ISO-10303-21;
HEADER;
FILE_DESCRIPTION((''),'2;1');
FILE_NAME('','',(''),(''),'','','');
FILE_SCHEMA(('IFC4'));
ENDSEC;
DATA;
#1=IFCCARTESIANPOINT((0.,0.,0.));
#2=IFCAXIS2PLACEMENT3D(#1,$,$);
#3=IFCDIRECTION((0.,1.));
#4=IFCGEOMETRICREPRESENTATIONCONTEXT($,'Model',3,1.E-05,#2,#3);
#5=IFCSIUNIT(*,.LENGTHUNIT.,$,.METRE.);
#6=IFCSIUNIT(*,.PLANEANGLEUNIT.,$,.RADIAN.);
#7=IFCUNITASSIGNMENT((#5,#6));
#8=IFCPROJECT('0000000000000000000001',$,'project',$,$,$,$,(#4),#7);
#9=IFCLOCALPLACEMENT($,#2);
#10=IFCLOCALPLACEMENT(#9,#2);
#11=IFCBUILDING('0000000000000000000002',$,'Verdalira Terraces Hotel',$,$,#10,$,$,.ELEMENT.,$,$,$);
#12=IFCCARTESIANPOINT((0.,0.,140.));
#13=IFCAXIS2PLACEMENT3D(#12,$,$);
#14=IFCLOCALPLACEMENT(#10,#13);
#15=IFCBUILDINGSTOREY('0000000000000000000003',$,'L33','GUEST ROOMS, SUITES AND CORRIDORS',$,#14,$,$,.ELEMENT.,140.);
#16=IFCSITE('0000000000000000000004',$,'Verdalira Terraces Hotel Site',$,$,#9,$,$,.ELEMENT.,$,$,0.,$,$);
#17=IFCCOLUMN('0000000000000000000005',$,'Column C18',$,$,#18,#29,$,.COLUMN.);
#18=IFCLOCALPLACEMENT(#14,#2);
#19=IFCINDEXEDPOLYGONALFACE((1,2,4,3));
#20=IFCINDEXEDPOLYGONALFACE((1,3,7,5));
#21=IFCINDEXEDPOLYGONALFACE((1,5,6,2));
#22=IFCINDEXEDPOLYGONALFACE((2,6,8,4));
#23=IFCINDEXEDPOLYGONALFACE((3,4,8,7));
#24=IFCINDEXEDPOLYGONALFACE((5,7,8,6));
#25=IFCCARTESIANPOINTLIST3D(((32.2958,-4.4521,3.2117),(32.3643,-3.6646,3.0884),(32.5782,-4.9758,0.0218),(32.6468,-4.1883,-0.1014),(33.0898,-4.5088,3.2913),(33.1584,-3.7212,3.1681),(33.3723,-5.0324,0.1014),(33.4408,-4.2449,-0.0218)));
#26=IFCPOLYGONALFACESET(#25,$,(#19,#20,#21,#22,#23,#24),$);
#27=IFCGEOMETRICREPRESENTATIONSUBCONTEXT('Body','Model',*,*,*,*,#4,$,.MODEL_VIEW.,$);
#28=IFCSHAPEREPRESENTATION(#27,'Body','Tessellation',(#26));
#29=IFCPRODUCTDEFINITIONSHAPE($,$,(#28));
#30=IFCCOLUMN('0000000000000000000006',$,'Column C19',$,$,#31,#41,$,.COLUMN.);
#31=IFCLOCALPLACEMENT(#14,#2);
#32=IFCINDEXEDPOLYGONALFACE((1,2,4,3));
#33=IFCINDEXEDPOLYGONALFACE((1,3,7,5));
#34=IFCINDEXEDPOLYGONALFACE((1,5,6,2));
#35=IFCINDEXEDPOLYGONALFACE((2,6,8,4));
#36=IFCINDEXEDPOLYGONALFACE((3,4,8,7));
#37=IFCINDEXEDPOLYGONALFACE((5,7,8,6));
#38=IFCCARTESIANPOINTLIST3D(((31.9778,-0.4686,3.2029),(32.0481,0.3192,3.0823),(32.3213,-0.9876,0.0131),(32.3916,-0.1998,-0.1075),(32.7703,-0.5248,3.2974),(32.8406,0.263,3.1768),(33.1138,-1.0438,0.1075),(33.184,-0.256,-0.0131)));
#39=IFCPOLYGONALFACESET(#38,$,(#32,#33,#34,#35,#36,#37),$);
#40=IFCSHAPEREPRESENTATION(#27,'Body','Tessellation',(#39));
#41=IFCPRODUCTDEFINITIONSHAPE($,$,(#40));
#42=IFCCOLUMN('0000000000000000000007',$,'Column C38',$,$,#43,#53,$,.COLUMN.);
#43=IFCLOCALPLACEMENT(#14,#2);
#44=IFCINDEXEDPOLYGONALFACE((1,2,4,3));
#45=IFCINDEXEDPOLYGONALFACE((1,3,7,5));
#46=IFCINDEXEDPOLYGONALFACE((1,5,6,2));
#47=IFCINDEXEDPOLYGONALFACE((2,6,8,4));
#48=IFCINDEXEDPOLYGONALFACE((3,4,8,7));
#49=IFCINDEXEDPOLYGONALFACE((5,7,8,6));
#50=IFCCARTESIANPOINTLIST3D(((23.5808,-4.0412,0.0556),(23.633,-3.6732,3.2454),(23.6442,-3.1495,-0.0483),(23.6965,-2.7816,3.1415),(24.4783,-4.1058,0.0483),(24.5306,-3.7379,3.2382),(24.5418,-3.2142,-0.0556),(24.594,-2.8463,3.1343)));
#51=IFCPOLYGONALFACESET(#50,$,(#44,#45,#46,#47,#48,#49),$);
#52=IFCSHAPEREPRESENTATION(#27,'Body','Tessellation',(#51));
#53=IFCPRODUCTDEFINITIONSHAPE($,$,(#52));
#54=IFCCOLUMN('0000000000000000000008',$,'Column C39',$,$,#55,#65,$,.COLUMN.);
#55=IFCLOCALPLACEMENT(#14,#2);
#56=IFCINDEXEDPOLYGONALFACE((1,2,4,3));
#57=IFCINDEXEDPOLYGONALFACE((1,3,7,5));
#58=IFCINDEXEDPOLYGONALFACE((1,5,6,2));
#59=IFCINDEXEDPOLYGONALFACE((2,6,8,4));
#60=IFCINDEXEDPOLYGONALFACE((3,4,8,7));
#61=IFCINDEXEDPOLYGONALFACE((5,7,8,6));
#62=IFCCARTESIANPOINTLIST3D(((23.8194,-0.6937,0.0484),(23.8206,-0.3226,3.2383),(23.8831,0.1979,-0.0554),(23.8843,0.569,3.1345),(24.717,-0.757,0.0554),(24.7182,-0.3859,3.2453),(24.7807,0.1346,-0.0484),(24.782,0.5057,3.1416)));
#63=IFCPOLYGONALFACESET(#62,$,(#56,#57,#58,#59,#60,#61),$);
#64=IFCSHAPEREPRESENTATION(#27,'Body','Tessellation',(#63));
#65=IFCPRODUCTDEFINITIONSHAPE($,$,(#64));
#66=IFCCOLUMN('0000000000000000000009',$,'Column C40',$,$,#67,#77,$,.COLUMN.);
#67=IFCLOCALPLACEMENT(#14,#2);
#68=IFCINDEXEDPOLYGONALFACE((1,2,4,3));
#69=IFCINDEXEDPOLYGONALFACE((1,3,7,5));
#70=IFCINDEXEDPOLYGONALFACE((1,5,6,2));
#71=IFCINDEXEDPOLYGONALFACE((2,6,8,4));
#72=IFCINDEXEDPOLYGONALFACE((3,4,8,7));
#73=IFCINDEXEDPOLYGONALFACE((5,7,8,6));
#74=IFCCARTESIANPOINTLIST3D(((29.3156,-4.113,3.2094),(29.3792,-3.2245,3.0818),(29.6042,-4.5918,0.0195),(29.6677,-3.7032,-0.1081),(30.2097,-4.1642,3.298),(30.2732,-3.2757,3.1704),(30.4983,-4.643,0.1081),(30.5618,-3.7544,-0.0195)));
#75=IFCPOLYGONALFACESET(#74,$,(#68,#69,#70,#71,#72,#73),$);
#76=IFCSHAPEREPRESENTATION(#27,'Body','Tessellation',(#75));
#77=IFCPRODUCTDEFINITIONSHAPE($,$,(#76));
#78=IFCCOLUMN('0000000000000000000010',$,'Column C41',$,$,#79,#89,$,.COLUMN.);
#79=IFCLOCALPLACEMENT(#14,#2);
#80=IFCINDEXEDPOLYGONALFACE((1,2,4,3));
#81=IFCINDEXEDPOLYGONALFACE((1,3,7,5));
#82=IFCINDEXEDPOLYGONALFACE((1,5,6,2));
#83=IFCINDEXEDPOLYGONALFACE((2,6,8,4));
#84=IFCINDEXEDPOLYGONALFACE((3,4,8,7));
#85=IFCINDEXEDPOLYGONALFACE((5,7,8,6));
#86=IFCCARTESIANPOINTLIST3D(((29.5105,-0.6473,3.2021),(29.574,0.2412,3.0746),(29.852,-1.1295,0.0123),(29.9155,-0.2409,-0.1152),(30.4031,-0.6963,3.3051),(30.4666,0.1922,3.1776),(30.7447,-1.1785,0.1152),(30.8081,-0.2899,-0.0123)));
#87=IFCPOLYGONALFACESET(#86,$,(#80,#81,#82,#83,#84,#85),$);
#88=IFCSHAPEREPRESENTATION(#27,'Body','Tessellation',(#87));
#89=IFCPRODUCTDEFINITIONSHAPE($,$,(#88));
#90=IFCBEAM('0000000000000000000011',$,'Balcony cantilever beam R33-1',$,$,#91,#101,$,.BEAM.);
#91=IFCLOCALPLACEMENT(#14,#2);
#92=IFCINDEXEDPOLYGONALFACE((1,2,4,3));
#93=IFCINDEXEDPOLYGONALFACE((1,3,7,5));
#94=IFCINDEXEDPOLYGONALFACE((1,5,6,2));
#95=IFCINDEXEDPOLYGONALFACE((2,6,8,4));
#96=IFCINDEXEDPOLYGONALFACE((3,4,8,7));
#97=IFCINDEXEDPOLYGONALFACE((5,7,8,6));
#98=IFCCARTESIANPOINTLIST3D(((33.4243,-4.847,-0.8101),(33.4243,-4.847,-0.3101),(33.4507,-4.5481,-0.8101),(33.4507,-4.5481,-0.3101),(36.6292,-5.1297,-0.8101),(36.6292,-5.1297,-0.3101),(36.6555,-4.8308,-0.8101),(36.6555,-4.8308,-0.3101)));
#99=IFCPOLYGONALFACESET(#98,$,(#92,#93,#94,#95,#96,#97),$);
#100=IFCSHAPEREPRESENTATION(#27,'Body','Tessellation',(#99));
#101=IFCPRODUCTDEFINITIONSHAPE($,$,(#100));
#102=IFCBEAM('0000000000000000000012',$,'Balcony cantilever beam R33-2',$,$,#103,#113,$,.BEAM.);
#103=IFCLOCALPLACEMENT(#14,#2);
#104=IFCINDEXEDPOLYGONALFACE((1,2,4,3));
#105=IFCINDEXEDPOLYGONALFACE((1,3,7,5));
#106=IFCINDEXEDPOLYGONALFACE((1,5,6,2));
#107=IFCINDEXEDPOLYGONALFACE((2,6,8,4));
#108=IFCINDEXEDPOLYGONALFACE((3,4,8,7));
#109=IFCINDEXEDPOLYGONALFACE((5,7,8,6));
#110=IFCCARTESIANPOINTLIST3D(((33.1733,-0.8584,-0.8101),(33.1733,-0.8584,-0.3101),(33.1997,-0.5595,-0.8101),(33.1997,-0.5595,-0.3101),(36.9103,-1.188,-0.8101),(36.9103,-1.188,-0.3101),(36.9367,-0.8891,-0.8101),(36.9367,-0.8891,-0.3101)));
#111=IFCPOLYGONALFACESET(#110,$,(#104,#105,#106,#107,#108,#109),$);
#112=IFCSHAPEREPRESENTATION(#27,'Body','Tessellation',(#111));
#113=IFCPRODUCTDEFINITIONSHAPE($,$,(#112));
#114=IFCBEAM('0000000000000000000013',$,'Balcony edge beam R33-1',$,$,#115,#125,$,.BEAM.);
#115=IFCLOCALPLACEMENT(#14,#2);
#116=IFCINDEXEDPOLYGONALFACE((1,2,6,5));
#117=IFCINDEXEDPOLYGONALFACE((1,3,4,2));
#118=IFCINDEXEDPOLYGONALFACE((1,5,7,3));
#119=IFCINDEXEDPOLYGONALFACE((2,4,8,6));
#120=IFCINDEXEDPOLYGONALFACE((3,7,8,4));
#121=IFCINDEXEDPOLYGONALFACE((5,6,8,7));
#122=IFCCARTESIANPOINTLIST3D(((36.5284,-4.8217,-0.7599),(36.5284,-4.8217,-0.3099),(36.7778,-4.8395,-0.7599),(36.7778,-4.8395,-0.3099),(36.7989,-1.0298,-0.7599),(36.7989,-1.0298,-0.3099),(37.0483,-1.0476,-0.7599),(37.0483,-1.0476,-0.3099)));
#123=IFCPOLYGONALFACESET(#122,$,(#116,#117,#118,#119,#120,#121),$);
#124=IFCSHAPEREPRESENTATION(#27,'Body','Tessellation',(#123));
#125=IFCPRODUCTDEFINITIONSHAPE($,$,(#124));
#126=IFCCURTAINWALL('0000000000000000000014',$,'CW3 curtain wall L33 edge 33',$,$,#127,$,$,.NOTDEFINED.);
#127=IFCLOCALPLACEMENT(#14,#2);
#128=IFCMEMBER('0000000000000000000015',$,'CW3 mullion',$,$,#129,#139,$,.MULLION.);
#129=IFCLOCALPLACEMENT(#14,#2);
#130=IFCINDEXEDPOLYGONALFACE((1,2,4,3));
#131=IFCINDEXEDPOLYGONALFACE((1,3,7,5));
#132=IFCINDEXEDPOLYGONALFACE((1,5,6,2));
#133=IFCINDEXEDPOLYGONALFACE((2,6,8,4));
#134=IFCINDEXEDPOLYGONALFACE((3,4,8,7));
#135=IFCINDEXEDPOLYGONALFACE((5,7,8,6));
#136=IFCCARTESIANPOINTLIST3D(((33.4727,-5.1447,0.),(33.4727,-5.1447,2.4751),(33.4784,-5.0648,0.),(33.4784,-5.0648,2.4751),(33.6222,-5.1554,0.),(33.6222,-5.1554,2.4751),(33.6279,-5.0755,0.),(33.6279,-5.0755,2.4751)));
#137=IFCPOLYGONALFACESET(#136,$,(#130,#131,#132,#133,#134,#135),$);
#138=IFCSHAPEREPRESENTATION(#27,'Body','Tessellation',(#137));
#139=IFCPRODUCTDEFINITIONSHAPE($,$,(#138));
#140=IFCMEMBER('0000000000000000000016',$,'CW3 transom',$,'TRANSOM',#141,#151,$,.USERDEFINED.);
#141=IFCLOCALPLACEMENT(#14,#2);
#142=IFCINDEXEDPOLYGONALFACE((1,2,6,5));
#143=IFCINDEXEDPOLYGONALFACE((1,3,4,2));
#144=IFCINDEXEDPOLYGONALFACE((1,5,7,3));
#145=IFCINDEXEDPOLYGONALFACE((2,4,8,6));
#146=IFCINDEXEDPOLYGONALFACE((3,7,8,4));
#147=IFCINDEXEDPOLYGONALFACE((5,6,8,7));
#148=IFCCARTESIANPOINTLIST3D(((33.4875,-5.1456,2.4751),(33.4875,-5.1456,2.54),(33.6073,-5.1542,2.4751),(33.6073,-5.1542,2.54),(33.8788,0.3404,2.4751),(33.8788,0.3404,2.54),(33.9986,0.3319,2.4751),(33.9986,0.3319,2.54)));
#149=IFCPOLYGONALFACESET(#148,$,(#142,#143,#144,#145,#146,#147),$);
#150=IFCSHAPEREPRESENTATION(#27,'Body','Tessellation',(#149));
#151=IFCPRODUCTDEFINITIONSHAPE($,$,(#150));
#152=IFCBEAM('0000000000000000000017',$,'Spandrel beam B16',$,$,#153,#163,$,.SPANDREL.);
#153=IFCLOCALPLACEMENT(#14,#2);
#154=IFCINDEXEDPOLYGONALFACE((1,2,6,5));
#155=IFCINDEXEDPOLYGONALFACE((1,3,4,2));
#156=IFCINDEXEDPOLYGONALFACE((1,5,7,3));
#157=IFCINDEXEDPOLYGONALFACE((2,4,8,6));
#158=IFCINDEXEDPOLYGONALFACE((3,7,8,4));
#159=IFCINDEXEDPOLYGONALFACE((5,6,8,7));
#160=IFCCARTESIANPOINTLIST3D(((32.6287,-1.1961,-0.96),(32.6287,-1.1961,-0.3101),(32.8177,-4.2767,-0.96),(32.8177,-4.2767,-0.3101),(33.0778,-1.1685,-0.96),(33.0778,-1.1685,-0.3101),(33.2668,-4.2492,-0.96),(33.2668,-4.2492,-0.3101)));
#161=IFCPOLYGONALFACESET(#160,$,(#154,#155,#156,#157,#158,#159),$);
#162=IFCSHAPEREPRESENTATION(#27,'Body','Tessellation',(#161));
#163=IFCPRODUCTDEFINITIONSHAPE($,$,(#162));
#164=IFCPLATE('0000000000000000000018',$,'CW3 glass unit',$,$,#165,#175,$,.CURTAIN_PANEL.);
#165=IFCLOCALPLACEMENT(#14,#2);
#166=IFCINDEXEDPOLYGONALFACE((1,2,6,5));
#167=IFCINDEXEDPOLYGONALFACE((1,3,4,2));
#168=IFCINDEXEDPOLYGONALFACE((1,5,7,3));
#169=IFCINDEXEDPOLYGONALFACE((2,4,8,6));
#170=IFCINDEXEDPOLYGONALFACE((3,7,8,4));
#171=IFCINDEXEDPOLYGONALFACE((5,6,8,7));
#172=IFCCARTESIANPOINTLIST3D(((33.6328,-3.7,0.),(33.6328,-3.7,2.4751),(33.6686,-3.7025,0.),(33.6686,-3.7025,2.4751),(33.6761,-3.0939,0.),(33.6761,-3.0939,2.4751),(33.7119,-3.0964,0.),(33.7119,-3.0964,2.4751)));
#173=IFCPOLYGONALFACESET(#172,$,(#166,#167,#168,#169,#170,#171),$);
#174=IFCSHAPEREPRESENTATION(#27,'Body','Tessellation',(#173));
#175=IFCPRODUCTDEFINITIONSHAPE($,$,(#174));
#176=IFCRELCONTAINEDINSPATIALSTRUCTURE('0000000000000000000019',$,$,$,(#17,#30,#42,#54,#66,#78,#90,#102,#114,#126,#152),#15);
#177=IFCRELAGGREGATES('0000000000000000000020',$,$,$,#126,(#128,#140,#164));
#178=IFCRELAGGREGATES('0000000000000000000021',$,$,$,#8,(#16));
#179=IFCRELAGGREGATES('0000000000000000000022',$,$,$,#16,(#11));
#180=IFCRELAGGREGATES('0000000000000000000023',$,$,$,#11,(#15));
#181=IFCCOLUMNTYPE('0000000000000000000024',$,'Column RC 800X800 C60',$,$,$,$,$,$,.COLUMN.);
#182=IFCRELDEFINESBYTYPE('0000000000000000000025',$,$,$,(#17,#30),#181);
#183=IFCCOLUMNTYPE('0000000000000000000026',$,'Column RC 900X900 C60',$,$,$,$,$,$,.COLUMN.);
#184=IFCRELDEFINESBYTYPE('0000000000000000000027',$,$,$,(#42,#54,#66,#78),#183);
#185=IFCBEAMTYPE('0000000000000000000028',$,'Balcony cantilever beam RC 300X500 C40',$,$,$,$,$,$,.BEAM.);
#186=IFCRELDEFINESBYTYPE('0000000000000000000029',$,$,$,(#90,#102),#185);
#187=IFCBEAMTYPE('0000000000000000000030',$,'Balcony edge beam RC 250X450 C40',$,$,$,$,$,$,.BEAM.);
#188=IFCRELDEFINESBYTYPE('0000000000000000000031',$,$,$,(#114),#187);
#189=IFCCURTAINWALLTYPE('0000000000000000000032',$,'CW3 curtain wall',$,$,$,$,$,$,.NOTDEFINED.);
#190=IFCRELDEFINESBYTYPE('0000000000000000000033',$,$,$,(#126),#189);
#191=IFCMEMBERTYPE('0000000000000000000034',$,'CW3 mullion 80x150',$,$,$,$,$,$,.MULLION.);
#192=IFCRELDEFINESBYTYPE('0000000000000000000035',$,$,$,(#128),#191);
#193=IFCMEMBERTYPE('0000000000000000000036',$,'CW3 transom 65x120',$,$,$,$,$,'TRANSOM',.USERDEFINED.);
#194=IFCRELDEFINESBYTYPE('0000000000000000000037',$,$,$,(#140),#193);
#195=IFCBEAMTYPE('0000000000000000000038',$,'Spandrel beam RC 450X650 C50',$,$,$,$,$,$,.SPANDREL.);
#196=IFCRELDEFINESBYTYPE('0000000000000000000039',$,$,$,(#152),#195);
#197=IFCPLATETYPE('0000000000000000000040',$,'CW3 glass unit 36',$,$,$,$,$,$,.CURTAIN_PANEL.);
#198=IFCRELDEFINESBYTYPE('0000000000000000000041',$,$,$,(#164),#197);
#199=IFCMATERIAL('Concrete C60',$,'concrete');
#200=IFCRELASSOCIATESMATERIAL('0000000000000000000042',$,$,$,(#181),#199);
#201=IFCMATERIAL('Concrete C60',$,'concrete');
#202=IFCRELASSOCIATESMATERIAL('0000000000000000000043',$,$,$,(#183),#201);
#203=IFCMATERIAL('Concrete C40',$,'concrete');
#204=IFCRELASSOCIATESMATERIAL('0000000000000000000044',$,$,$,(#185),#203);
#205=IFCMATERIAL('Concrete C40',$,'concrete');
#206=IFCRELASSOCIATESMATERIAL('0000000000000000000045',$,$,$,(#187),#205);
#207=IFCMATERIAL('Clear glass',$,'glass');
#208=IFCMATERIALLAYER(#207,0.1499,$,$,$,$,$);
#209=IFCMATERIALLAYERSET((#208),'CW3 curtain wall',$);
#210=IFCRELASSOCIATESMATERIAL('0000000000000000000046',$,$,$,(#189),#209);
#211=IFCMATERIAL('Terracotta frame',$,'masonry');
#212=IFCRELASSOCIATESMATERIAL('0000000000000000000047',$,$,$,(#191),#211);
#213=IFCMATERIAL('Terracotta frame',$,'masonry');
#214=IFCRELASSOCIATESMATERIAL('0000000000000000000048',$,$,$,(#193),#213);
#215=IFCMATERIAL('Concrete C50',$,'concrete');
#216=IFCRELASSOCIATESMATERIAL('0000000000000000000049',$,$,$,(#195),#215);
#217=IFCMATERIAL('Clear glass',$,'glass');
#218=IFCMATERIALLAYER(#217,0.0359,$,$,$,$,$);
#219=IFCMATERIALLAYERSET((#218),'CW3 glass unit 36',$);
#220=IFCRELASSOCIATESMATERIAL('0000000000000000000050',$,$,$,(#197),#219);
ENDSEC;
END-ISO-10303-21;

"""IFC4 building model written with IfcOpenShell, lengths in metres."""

from ifc_helpers import new_model, si_unit, direction, frame, origin, origin_2d, place, context, subcontext, project, spatial, rectangle, extrude, material, layer, layer_set, material_profile, profile_set, type_object, element, aggregate, save


model = new_model("IFC4")

# Units and contexts
model_context = context("Model", 3, precision=1e-05, world=origin(), true_north=direction((0.0, 1.0)))
body_context = subcontext(model_context, "Body", "Model", "MODEL_VIEW")
ifc_project = project(units=[si_unit("LENGTHUNIT", "METRE"), si_unit("PLANEANGLEUNIT", "RADIAN")], contexts=[model_context])

# Site, building, storey
site_placement = place(None, origin())
site = spatial("IfcSite", under=ifc_project, at=site_placement, Name="Verdalira Terraces Hotel Site", CompositionType="ELEMENT", RefElevation=0.0)
building_placement = place(site_placement, origin())
building = spatial("IfcBuilding", under=site, at=building_placement, Name="Verdalira Terraces Hotel", CompositionType="ELEMENT")
storey_placement = place(building_placement, frame((0.0, 0.0, 140.0)))
storey = spatial("IfcBuildingStorey", under=building, at=storey_placement, Name="L33", Description="GUEST ROOMS, SUITES AND CORRIDORS", CompositionType="ELEMENT", Elevation=140.0)

# Columns
ifc_material_1 = material(Name="Concrete C60", Category="concrete")
ifc_material_profile_1 = material_profile(ifc_material_1, rectangle(XDim=0.8, YDim=0.8, at=origin_2d()), Name="RC 800X800")
ifc_profile_set_1 = profile_set([ifc_material_profile_1], Name="Concrete C60")
column_type_1 = type_object("IfcColumnType", Name="Column RC 800X800 C60", PredefinedType="COLUMN", material=ifc_profile_set_1)
column_1_placement = place(storey_placement, frame((33.0095, -4.6104, 0.0), z_axis=(-0.087049, 0.161383, 0.983045), x_axis=(0.085666, 0.984348, -0.154011)))
element("IfcColumn", 1, at=column_1_placement, inside=storey, type_object=column_type_1, Name="Column C18", PredefinedType="COLUMN", context=body_context, shape_type="SweptSolid", body=[
    extrude(rectangle(XDim=0.8, YDim=0.8, at=origin_2d()), origin(), (0.0, 0.0, 1.0), 3.2449),
])
column_2_placement = place(storey_placement, frame((32.7527, -0.6218, 0.0), z_axis=(-0.105691, 0.159701, 0.981491), x_axis=(0.087829, 0.984661, -0.150759)))
element("IfcColumn", 2, at=column_2_placement, inside=storey, type_object=column_type_1, Name="Column C19", PredefinedType="COLUMN", context=body_context, shape_type="SweptSolid", body=[
    extrude(rectangle(XDim=0.8, YDim=0.8, at=origin_2d()), origin(), (0.0, 0.0, 1.0), 3.25),
])
ifc_material_2 = material(Name="Concrete C60", Category="concrete")
ifc_material_profile_2 = material_profile(ifc_material_2, rectangle(XDim=0.8999, YDim=0.8999, at=origin_2d()), Name="RC 900X900")
ifc_profile_set_2 = profile_set([ifc_material_profile_2], Name="Concrete C60")
column_type_2 = type_object("IfcColumnType", Name="Column RC 900X900 C60", PredefinedType="COLUMN", material=ifc_profile_set_2)
for number, where, z_axis, x_axis, name in (
    (3, (24.0613, -3.6277, 0.0), (0.016268, 0.114563, 0.993283), (0.997381, -0.071881, -0.008045), "Column C38"),
    (4, (24.3, -0.2795, 0.0), (0.00038, 0.115553, 0.993301), (0.997488, -0.070402, 0.007808), "Column C39"),
):
    element("IfcColumn", number, at=place(storey_placement, frame(where, z_axis=z_axis, x_axis=x_axis)), inside=storey, type_object=column_type_2, Name=name, PredefinedType="COLUMN", context=body_context, shape_type="SweptSolid", body=[
        extrude(rectangle(XDim=0.8999, YDim=0.8999, at=origin_2d()), origin(), (0.0, 0.0, 1.0), 3.2114),
    ])
column_3_placement = place(storey_placement, frame((30.083, -4.1731, 0.0), z_axis=(-0.089106, 0.147831, 0.98499), x_axis=(0.993519, -0.056877, 0.098414)))
element("IfcColumn", 5, at=column_3_placement, inside=storey, type_object=column_type_2, Name="Column C40", PredefinedType="COLUMN", context=body_context, shape_type="SweptSolid", body=[
    extrude(rectangle(XDim=0.8999, YDim=0.8999, at=origin_2d()), origin(), (0.0, 0.0, 1.0), 3.2385),
])
column_4_placement = place(storey_placement, frame((30.3301, -0.7097, 0.0), z_axis=(-0.105281, 0.148627, 0.983273), x_axis=(0.991937, -0.054446, 0.114438)))
element("IfcColumn", 6, at=column_4_placement, inside=storey, type_object=column_type_2, Name="Column C41", PredefinedType="COLUMN", context=body_context, shape_type="SweptSolid", body=[
    extrude(rectangle(XDim=0.8999, YDim=0.8999, at=origin_2d()), origin(), (0.0, 0.0, 1.0), 3.2441),
])

# Beams
ifc_material_3 = material(Name="Concrete C40", Category="concrete")
ifc_material_profile_3 = material_profile(ifc_material_3, rectangle(XDim=0.3, YDim=0.5, at=origin_2d()), Name="RC 300X500")
ifc_profile_set_3 = profile_set([ifc_material_profile_3], Name="Concrete C40")
beam_type_1 = type_object("IfcBeamType", Name="Balcony cantilever beam RC 300X500 C40", PredefinedType="BEAM", material=ifc_profile_set_3)
beam_1_placement = place(storey_placement, frame((33.4375, -4.6975, -0.5601), z_axis=(0.996132, -0.087874, 0.0), x_axis=(0.087874, 0.996132, 0.0)))
element("IfcBeam", 7, at=beam_1_placement, inside=storey, type_object=beam_type_1, Name="Balcony cantilever beam R33-1", PredefinedType="BEAM", context=body_context, shape_type="SweptSolid", body=[
    extrude(rectangle(XDim=0.3, YDim=0.5, at=origin_2d()), origin(), (0.0, 0.0, 1.0), 3.2173),
])
beam_2_placement = place(storey_placement, frame((33.1865, -0.709, -0.5601), z_axis=(0.996133, -0.087854, 0.0), x_axis=(0.087854, 0.996133, 0.0)))
element("IfcBeam", 8, at=beam_2_placement, inside=storey, type_object=beam_type_1, Name="Balcony cantilever beam R33-2", PredefinedType="BEAM", context=body_context, shape_type="SweptSolid", body=[
    extrude(rectangle(XDim=0.3, YDim=0.5, at=origin_2d()), origin(), (0.0, 0.0, 1.0), 3.7515),
])
ifc_material_4 = material(Name="Concrete C40", Category="concrete")
ifc_material_profile_4 = material_profile(ifc_material_4, rectangle(XDim=0.25, YDim=0.45, at=origin_2d()), Name="RC 250X450")
ifc_profile_set_4 = profile_set([ifc_material_profile_4], Name="Concrete C40")
beam_type_2 = type_object("IfcBeamType", Name="Balcony edge beam RC 250X450 C40", PredefinedType="BEAM", material=ifc_profile_set_4)
beam_3_placement = place(storey_placement, frame((36.6531, -4.8306, -0.5349), z_axis=(0.071156, 0.997465, 0.0), x_axis=(-0.997465, 0.071156, 0.0)))
element("IfcBeam", 9, at=beam_3_placement, inside=storey, type_object=beam_type_2, Name="Balcony edge beam R33-1", PredefinedType="BEAM", context=body_context, shape_type="SweptSolid", body=[
    extrude(rectangle(XDim=0.25, YDim=0.45, at=origin_2d()), origin(), (0.0, 0.0, 1.0), 3.8015),
])

# Curtain wall, members
ifc_material_5 = material(Name="Clear glass", Category="glass")
ifc_layer_1 = layer(ifc_material_5, 0.1499)
ifc_layer_set_1 = layer_set([ifc_layer_1], Name="CW3 curtain wall")
curtain_wall_type = type_object("IfcCurtainWallType", Name="CW3 curtain wall", PredefinedType="NOTDEFINED", material=ifc_layer_set_1)
curtain_wall_placement = place(storey_placement, origin())
curtain_wall = element("IfcCurtainWall", 10, at=curtain_wall_placement, inside=storey, type_object=curtain_wall_type, Name="CW3 curtain wall L33 edge 33", PredefinedType="NOTDEFINED")
ifc_material_6 = material(Name="Terracotta frame", Category="masonry")
ifc_material_profile_5 = material_profile(ifc_material_6, rectangle(XDim=0.0801, YDim=0.1499, at=origin_2d()), Name="MU 80x150")
ifc_profile_set_5 = profile_set([ifc_material_profile_5], Name="Terracotta frame")
member_type_1 = type_object("IfcMemberType", Name="CW3 mullion 80x150", PredefinedType="MULLION", material=ifc_profile_set_5)
member_1_placement = place(storey_placement, frame((33.5503, -5.1101, 0.0), z_axis=(0.0, 0.0, 1.0), x_axis=(0.071149, 0.997466, 0.0)))
member_1 = element("IfcMember", 11, at=member_1_placement, type_object=member_type_1, Name="CW3 mullion", PredefinedType="MULLION", context=body_context, shape_type="SweptSolid", body=[
    extrude(rectangle(XDim=0.0801, YDim=0.1499, at=origin_2d()), origin(), (0.0, 0.0, 1.0), 2.4751),
])
ifc_material_7 = material(Name="Terracotta frame", Category="masonry")
ifc_material_profile_6 = material_profile(ifc_material_7, rectangle(XDim=0.1201, YDim=0.0649, at=origin_2d()), Name="TR 65x120")
ifc_profile_set_6 = profile_set([ifc_material_profile_6], Name="Terracotta frame")
member_type_2 = type_object("IfcMemberType", Name="CW3 transom 65x120", ElementType="TRANSOM", PredefinedType="USERDEFINED", material=ifc_profile_set_6)
member_2_placement = place(storey_placement, frame((33.5474, -5.1499, 2.5076), z_axis=(0.071156, 0.997465, 0.0), x_axis=(-0.997465, 0.071156, 0.0)))
member_2 = element("IfcMember", 12, at=member_2_placement, type_object=member_type_2, Name="CW3 transom", ObjectType="TRANSOM", PredefinedType="USERDEFINED", context=body_context, shape_type="SweptSolid", body=[
    extrude(rectangle(XDim=0.1201, YDim=0.0649, at=origin_2d()), origin(), (0.0, 0.0, 1.0), 5.5),
])

# Beam
ifc_material_8 = material(Name="Concrete C50", Category="concrete")
ifc_material_profile_7 = material_profile(ifc_material_8, rectangle(XDim=0.45, YDim=0.6499, at=origin_2d()), Name="RC 450X650")
ifc_profile_set_7 = profile_set([ifc_material_profile_7], Name="Concrete C50")
beam_type_3 = type_object("IfcBeamType", Name="Spandrel beam RC 450X650 C50", PredefinedType="SPANDREL", material=ifc_profile_set_7)
beam_4_placement = place(storey_placement, frame((33.0422, -4.2629, -0.635), z_axis=(-0.061226, 0.998124, 0.0), x_axis=(-0.998124, -0.061226, 0.0)))
element("IfcBeam", 13, at=beam_4_placement, inside=storey, type_object=beam_type_3, Name="Spandrel beam B16", PredefinedType="SPANDREL", context=body_context, shape_type="SweptSolid", body=[
    extrude(rectangle(XDim=0.45, YDim=0.6499, at=origin_2d()), origin(), (0.0, 0.0, 1.0), 3.0864),
])

# Plate
ifc_material_9 = material(Name="Clear glass", Category="glass")
ifc_layer_2 = layer(ifc_material_9, 0.0359)
ifc_layer_set_2 = layer_set([ifc_layer_2], Name="CW3 glass unit 36")
plate_type = type_object("IfcPlateType", Name="CW3 glass unit 36", PredefinedType="CURTAIN_PANEL", material=ifc_layer_set_2)
plate_placement = place(storey_placement, frame((33.6724, -3.3982, 0.0), z_axis=(0.0, 0.0, 1.0), x_axis=(0.071149, 0.997466, 0.0)))
plate = element("IfcPlate", 14, at=plate_placement, type_object=plate_type, Name="CW3 glass unit", PredefinedType="CURTAIN_PANEL", context=body_context, shape_type="SweptSolid", body=[
    extrude(rectangle(XDim=0.6077, YDim=0.0359, at=origin_2d()), origin(), (0.0, 0.0, 1.0), 2.4751),
])
aggregate(curtain_wall, [member_1, member_2, plate])

save(model, "model.ifc")
